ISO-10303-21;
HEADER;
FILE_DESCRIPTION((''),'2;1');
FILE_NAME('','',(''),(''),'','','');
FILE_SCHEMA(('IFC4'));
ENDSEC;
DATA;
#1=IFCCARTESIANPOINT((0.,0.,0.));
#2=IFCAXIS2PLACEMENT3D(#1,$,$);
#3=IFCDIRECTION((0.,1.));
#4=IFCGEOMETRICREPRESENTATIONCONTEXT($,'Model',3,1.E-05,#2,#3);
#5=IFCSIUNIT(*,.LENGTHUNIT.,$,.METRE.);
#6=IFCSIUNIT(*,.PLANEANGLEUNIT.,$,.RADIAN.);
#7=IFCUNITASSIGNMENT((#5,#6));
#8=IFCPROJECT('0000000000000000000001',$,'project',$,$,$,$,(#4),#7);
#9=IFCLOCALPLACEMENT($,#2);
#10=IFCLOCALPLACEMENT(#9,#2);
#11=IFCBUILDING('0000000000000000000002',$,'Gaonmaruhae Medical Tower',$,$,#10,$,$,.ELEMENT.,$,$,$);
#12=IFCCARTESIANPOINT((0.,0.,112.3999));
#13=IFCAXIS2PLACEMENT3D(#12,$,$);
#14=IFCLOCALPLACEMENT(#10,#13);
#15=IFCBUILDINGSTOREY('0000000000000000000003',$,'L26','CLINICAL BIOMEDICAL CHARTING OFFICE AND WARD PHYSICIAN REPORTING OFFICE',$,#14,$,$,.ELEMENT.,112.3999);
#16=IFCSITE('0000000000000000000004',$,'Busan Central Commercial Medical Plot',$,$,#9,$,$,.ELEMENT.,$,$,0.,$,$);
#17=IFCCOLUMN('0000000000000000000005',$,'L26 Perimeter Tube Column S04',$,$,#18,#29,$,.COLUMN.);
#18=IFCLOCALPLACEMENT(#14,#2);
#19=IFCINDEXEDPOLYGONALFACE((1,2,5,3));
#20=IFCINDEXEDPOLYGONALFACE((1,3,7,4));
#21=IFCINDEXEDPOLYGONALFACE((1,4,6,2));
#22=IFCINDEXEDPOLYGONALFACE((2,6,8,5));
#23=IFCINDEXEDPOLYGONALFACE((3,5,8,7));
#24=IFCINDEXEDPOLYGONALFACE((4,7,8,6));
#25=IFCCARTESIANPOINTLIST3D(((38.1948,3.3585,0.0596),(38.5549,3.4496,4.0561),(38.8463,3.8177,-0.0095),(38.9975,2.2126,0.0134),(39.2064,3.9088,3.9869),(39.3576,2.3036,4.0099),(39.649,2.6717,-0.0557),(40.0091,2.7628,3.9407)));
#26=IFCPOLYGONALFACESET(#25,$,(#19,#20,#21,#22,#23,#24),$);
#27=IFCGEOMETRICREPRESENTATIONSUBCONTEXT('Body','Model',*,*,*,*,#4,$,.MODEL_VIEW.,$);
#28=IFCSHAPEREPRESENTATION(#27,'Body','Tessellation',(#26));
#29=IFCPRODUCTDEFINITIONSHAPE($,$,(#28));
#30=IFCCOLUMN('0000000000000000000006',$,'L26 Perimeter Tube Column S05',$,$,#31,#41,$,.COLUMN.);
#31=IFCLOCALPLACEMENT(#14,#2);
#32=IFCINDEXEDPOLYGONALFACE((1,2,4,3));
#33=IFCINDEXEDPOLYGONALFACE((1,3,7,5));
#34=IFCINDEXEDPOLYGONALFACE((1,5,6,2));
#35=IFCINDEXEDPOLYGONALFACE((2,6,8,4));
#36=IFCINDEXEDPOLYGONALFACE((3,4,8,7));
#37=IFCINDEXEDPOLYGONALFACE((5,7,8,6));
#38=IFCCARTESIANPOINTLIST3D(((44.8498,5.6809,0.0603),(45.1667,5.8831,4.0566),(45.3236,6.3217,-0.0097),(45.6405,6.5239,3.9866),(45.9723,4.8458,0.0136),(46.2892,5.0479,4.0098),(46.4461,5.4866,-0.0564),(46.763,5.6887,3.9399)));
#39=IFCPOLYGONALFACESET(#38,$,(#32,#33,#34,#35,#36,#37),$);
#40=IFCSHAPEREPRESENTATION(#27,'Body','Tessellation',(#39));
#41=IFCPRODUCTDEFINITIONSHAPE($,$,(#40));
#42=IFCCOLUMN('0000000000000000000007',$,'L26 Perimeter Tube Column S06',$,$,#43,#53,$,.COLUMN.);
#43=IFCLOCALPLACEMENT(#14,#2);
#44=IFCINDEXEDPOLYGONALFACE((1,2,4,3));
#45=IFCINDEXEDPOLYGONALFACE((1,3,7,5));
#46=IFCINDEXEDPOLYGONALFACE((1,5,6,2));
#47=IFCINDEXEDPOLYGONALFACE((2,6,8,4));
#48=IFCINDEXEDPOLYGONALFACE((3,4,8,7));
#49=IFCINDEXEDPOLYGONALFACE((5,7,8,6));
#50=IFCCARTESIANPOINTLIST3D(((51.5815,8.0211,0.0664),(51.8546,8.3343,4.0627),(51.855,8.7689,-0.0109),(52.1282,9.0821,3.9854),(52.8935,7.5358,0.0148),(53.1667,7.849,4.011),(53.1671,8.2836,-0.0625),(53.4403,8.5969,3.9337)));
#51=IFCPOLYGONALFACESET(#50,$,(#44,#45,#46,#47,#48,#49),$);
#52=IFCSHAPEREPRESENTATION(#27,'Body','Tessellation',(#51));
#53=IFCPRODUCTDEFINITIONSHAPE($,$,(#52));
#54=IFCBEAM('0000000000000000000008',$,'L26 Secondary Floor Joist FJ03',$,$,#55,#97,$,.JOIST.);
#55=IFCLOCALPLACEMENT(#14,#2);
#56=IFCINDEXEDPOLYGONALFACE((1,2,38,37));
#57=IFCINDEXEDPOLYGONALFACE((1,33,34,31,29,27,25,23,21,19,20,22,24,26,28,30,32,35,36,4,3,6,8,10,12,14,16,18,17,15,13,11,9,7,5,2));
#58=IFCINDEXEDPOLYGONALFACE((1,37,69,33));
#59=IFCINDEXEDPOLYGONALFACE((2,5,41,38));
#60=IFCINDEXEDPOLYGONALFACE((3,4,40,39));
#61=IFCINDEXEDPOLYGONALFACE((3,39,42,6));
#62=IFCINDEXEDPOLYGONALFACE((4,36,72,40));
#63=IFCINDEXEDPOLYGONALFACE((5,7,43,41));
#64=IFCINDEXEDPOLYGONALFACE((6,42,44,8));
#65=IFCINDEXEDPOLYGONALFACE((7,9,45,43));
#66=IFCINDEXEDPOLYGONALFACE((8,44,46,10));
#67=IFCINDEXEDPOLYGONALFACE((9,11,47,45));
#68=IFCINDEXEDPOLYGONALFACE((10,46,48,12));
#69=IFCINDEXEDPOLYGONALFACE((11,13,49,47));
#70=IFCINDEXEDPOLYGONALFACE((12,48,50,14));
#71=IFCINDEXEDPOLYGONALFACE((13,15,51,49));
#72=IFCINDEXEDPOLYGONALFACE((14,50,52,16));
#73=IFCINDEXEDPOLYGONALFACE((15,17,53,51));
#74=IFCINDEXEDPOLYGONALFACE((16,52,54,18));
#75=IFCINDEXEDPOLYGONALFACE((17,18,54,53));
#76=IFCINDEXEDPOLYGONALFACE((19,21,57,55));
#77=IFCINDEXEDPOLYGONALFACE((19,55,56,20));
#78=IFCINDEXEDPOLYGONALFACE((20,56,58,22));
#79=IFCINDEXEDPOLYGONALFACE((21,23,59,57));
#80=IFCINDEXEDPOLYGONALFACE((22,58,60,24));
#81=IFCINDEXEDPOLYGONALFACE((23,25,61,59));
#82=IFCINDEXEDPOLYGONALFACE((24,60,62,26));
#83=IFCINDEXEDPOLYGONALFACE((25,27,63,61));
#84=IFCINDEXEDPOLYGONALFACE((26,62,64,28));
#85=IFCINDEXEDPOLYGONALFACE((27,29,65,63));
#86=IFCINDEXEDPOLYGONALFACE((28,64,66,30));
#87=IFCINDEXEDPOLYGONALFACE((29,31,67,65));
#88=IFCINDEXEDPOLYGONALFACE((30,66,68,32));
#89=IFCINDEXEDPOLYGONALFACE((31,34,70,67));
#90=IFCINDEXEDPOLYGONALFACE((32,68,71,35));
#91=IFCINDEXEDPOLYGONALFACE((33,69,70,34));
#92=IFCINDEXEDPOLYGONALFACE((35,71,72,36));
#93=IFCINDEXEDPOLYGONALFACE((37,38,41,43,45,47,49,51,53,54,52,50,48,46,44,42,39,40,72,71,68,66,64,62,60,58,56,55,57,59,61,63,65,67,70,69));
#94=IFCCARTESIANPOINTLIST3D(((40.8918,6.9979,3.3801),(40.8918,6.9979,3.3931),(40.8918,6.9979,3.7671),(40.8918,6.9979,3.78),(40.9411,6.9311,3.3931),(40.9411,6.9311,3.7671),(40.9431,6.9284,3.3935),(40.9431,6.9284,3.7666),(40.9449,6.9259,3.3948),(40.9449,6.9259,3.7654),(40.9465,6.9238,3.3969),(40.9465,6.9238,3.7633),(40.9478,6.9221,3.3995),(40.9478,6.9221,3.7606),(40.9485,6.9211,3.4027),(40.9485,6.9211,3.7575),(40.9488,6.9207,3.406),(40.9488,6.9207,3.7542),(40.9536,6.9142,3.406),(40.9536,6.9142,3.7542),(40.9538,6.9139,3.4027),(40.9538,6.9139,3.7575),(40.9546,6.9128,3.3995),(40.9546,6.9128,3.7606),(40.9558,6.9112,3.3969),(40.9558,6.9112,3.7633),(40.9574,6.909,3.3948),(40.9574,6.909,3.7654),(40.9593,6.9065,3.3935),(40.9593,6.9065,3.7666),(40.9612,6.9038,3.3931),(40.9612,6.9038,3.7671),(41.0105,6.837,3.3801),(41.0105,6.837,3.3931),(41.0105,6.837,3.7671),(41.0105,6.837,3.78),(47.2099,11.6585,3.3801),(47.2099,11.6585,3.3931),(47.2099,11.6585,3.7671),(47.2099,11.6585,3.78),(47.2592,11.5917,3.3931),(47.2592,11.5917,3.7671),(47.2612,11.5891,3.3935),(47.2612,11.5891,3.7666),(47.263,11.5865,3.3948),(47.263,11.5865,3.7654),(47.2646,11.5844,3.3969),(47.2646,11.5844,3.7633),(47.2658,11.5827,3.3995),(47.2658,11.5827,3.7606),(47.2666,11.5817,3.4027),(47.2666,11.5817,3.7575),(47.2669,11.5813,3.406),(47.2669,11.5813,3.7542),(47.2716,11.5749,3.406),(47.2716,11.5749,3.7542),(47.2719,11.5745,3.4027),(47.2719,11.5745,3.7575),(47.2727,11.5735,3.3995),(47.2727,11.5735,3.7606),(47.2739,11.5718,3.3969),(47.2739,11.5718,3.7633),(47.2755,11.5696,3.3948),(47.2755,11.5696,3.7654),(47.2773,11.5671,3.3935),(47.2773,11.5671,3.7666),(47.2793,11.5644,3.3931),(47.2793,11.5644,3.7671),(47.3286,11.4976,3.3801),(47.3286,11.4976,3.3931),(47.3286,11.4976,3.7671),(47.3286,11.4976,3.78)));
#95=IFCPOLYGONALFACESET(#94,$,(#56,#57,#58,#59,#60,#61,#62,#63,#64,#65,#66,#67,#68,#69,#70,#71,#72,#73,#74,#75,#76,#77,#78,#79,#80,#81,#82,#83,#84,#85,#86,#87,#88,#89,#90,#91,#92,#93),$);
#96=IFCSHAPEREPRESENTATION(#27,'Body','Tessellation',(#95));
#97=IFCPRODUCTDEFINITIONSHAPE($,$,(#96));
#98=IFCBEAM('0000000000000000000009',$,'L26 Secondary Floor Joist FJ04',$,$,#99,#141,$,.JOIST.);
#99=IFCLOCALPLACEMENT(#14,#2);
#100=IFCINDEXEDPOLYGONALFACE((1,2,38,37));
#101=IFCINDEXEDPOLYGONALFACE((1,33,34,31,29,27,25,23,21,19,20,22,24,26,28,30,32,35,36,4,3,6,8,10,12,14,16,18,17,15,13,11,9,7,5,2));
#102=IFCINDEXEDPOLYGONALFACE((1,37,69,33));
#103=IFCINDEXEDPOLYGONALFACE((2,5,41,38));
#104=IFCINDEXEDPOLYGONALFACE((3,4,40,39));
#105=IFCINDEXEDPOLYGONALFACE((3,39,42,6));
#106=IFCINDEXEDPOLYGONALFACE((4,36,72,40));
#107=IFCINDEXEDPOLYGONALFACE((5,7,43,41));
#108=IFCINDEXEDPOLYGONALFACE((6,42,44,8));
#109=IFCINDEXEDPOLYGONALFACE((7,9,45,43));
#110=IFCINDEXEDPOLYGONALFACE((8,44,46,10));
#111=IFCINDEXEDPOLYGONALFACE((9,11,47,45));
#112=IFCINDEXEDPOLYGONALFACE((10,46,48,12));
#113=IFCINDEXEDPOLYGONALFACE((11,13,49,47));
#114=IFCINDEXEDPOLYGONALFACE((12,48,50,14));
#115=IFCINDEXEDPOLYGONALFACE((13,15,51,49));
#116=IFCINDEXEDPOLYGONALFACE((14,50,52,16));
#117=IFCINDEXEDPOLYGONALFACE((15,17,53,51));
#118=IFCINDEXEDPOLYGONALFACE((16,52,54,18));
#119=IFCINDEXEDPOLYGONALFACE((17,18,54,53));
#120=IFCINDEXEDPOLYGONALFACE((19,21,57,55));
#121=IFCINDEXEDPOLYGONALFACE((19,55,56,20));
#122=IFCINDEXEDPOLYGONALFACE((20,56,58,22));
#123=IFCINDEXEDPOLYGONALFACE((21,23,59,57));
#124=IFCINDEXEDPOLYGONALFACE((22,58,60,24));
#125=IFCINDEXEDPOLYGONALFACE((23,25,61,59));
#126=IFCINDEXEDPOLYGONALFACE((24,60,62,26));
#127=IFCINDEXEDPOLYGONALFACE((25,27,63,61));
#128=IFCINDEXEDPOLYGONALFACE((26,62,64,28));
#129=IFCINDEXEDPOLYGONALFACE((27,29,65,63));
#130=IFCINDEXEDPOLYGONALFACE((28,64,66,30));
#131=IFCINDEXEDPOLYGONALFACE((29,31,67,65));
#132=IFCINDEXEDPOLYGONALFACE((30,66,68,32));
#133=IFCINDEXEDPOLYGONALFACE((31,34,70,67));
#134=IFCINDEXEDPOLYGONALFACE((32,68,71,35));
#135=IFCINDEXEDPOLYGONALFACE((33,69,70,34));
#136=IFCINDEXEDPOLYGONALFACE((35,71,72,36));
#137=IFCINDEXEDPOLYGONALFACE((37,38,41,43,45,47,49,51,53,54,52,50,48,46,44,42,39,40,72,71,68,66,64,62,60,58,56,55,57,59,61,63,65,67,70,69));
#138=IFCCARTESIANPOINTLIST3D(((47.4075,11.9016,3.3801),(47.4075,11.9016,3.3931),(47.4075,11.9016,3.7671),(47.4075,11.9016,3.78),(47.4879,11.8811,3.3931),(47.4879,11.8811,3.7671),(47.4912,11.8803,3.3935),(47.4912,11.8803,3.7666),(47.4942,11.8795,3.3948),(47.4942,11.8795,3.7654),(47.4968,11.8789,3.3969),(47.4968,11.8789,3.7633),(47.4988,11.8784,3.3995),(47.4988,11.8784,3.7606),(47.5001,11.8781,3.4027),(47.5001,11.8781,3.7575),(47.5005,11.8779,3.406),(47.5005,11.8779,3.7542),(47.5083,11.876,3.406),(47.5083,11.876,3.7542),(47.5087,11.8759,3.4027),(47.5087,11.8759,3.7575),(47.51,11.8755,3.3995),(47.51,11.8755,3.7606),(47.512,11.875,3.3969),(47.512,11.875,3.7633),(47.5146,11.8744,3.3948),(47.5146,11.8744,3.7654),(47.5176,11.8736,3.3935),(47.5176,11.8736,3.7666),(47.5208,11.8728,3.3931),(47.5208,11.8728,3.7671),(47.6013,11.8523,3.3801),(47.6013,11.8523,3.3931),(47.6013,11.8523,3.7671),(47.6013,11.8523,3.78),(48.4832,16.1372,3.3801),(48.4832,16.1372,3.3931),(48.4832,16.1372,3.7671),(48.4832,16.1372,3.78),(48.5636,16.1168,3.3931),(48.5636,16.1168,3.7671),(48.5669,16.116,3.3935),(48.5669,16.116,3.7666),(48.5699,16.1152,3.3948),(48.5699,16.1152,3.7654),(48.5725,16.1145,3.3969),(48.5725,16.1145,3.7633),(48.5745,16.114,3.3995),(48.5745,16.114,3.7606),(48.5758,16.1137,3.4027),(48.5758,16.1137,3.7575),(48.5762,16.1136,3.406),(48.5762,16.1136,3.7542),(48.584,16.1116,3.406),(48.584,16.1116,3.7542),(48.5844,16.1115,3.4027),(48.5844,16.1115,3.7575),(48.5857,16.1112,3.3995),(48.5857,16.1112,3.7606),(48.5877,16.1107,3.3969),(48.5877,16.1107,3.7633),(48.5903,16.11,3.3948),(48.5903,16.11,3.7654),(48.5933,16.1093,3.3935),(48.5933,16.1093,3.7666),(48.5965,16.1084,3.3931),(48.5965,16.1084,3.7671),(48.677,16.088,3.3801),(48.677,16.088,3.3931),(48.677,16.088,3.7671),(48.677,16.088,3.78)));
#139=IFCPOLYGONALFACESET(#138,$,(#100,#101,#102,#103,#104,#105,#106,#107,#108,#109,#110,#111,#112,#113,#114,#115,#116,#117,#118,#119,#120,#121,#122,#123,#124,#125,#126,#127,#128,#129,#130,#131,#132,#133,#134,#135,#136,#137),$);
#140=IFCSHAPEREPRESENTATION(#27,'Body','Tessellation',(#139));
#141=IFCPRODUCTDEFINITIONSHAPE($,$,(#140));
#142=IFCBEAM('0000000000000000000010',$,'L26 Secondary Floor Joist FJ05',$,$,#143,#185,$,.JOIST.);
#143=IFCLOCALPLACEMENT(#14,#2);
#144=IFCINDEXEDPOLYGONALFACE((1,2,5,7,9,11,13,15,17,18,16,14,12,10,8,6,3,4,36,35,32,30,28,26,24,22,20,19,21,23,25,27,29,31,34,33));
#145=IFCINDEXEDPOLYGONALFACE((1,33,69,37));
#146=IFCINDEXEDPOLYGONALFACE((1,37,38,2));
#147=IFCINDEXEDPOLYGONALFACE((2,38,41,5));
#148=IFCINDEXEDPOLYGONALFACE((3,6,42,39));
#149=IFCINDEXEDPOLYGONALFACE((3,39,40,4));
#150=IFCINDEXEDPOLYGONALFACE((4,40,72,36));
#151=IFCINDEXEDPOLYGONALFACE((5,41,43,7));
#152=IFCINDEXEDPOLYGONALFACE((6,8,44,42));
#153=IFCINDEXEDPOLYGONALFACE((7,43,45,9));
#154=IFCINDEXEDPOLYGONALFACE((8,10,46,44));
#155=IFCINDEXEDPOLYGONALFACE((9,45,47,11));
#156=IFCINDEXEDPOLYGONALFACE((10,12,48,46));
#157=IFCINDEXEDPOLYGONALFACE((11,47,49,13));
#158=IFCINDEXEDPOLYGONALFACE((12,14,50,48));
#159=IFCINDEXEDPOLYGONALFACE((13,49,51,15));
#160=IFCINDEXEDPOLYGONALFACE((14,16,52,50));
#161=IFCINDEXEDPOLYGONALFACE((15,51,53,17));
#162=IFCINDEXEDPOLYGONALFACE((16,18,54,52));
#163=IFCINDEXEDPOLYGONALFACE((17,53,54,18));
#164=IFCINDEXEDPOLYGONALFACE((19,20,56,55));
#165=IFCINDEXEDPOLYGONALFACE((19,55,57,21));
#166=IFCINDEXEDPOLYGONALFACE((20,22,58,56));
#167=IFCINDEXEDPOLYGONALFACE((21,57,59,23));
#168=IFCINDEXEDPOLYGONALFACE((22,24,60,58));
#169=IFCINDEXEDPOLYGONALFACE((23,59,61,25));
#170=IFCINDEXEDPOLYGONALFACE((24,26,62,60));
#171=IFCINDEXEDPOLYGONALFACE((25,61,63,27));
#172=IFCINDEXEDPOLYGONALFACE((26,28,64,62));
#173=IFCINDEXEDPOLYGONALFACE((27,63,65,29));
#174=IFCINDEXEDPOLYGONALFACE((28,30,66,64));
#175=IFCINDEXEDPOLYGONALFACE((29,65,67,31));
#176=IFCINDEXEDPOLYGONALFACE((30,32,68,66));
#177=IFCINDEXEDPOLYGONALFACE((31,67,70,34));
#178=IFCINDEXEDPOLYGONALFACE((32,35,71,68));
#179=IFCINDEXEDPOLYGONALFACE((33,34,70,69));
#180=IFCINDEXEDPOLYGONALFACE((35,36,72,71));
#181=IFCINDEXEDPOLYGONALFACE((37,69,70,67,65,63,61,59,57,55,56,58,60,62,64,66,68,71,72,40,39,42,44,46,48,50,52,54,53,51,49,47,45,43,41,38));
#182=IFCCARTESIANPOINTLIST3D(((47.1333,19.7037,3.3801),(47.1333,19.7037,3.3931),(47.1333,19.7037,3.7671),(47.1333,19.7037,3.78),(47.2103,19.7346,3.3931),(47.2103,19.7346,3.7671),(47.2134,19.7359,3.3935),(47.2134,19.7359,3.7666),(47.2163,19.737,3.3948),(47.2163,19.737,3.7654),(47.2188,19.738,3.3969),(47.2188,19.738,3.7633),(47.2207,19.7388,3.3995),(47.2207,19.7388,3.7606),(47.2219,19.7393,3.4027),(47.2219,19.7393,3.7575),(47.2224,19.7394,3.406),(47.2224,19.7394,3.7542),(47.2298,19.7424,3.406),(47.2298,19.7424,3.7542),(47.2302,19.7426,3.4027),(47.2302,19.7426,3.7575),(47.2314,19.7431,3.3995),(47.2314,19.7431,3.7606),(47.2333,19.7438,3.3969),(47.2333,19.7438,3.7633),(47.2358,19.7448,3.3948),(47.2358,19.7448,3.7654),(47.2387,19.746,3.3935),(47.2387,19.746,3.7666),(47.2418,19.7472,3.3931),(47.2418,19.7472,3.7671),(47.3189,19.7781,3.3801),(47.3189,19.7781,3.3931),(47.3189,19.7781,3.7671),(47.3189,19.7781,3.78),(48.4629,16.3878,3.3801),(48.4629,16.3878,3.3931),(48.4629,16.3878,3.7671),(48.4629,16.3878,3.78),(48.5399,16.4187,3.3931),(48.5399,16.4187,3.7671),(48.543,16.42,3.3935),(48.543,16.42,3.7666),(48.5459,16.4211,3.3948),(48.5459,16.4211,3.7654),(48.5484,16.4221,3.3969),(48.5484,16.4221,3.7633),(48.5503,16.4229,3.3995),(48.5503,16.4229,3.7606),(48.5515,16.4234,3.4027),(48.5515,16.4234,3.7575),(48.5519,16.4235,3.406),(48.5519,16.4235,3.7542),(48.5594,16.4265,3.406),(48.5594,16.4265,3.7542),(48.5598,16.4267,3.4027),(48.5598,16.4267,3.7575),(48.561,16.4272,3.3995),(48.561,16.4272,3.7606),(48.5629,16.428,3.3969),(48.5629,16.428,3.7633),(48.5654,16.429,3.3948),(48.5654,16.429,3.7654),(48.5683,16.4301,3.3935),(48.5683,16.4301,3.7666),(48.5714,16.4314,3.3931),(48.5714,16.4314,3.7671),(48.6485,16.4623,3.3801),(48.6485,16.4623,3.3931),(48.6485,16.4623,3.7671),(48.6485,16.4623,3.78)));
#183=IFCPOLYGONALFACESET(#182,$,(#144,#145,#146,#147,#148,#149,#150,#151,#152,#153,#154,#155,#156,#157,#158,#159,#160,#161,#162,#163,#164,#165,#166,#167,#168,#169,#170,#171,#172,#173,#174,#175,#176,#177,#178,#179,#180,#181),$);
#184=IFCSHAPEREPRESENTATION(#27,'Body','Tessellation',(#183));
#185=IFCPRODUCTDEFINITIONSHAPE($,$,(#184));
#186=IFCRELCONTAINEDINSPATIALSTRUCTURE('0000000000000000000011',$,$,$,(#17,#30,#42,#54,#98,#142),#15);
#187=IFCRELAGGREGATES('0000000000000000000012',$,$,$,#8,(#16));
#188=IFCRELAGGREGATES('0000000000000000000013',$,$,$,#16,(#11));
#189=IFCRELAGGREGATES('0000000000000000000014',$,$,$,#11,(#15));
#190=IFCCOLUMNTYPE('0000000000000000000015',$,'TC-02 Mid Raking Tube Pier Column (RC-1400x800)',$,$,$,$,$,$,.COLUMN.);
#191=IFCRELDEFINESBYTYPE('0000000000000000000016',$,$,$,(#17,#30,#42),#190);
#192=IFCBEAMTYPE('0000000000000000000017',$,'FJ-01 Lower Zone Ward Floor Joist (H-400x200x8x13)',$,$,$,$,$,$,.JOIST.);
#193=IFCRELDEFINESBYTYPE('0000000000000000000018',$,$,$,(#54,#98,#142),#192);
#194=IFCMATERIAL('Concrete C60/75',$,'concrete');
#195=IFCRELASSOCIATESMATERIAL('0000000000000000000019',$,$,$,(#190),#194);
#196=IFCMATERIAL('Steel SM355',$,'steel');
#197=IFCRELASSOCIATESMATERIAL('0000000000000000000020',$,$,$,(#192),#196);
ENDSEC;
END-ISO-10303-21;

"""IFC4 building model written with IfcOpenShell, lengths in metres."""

from ifc_helpers import new_model, si_unit, direction, frame, origin, origin_2d, place, context, subcontext, project, spatial, rectangle, i_section, extrude, material, material_profile, profile_set, type_object, element, save


model = new_model("IFC4")

# Units and contexts
model_context = context("Model", 3, precision=1e-05, world=origin(), true_north=direction((0.0, 1.0)))
body_context = subcontext(model_context, "Body", "Model", "MODEL_VIEW")
ifc_project = project(units=[si_unit("LENGTHUNIT", "METRE"), si_unit("PLANEANGLEUNIT", "RADIAN")], contexts=[model_context])

# Site, building, storey
site_placement = place(None, origin())
site = spatial("IfcSite", under=ifc_project, at=site_placement, Name="Busan Central Commercial Medical Plot", CompositionType="ELEMENT", RefElevation=0.0)
building_placement = place(site_placement, origin())
building = spatial("IfcBuilding", under=site, at=building_placement, Name="Gaonmaruhae Medical Tower", CompositionType="ELEMENT")
storey_placement = place(building_placement, frame((0.0, 0.0, 112.3999)))
storey = spatial("IfcBuildingStorey", under=building, at=storey_placement, Name="L26", Description="CLINICAL BIOMEDICAL CHARTING OFFICE AND WARD PHYSICIAN REPORTING OFFICE", CompositionType="ELEMENT", Elevation=112.3999)

# Columns
ifc_material_1 = material(Name="Concrete C60/75", Category="concrete")
ifc_material_profile_1 = material_profile(ifc_material_1, rectangle(XDim=1.3999, YDim=0.8, at=origin_2d()), Name="RC-1400x800")
ifc_profile_set_1 = profile_set([ifc_material_profile_1], Name="Concrete C60/75")
column_type = type_object("IfcColumnType", Name="TC-02 Mid Raking Tube Pier Column (RC-1400x800)", PredefinedType="COLUMN", material=ifc_profile_set_1)
column_1_placement = place(storey_placement, frame((38.9219, 3.0151, 0.002), z_axis=(0.089723, 0.022689, 0.995708), x_axis=(-0.5734, 0.81861, 0.033015)))
element("IfcColumn", 1, at=column_1_placement, inside=storey, type_object=column_type, Name="L26 Perimeter Tube Column S04", PredefinedType="COLUMN", context=body_context, shape_type="SweptSolid", body=[
    extrude(rectangle(XDim=1.3999, YDim=0.8, at=origin_2d()), origin(), (0.0, 0.0, 1.0), 4.0137),
])
column_2_placement = place(storey_placement, frame((45.6479, 5.5837, 0.002), z_axis=(0.078948, 0.050361, 0.995606), x_axis=(-0.801849, 0.596592, 0.033406)))
element("IfcColumn", 2, at=column_2_placement, inside=storey, type_object=column_type, Name="L26 Perimeter Tube Column S05", PredefinedType="COLUMN", context=body_context, shape_type="SweptSolid", body=[
    extrude(rectangle(XDim=1.3999, YDim=0.8, at=origin_2d()), origin(), (0.0, 0.0, 1.0), 4.0139),
])
column_3_placement = place(storey_placement, frame((52.3743, 8.1523, 0.002), z_axis=(0.067994, 0.077959, 0.994635), x_axis=(-0.937271, 0.346644, 0.036903)))
element("IfcColumn", 3, at=column_3_placement, inside=storey, type_object=column_type, Name="L26 Perimeter Tube Column S06", PredefinedType="COLUMN", context=body_context, shape_type="SweptSolid", body=[
    extrude(rectangle(XDim=1.3999, YDim=0.8, at=origin_2d()), origin(), (0.0, 0.0, 1.0), 4.0178),
])

# Beams
ifc_material_2 = material(Name="Steel SM355", Category="steel")
ifc_material_profile_2 = material_profile(ifc_material_2, i_section(OverallWidth=0.2, OverallDepth=0.3999, WebThickness=0.0081, FlangeThickness=0.0129, FilletRadius=0.0129, at=origin_2d()), Name="H-400x200x8x13")
ifc_profile_set_2 = profile_set([ifc_material_profile_2], Name="Steel SM355")
beam_type_1 = type_object("IfcBeamType", Name="FJ-01 Lower Zone Ward Floor Joist (H-400x200x8x13)", PredefinedType="JOIST", material=ifc_profile_set_2)
beam_1_placement = place(storey_placement, frame((40.9512, 6.9175, 3.5801), z_axis=(0.80474, 0.593627, 0.0), x_axis=(-0.593627, 0.80474, 0.0)))
element("IfcBeam", 4, at=beam_1_placement, inside=storey, type_object=beam_type_1, Name="L26 Secondary Floor Joist FJ03", PredefinedType="JOIST", context=body_context, shape_type="SweptSolid", body=[
    extrude(i_section(OverallWidth=0.2, OverallDepth=0.3999, WebThickness=0.0081, FlangeThickness=0.0129, FilletRadius=0.0129, at=origin_2d()), origin(), (0.0, 0.0, 1.0), 7.8511),
])
beam_2_placement = place(storey_placement, frame((47.5044, 11.877, 3.5801), z_axis=(0.246149, 0.969232, 0.0), x_axis=(-0.969232, 0.246149, 0.0)))
element("IfcBeam", 5, at=beam_2_placement, inside=storey, type_object=beam_type_1, Name="L26 Secondary Floor Joist FJ04", PredefinedType="JOIST", context=body_context, shape_type="SweptSolid", body=[
    extrude(i_section(OverallWidth=0.2, OverallDepth=0.3999, WebThickness=0.0081, FlangeThickness=0.0129, FilletRadius=0.0129, at=origin_2d()), origin(), (0.0, 0.0, 1.0), 4.3701),
])
beam_3_placement = place(storey_placement, frame((48.5557, 16.425, 3.5801), z_axis=(-0.372168, 0.928165, 0.0), x_axis=(-0.928165, -0.372168, 0.0)))
element("IfcBeam", 6, at=beam_3_placement, inside=storey, type_object=beam_type_1, Name="L26 Secondary Floor Joist FJ05", PredefinedType="JOIST", context=body_context, shape_type="SweptSolid", body=[
    extrude(i_section(OverallWidth=0.2, OverallDepth=0.3999, WebThickness=0.0081, FlangeThickness=0.0129, FilletRadius=0.0129, at=origin_2d()), origin(), (0.0, 0.0, 1.0), 3.5725),
])

save(model, "model.ifc")
